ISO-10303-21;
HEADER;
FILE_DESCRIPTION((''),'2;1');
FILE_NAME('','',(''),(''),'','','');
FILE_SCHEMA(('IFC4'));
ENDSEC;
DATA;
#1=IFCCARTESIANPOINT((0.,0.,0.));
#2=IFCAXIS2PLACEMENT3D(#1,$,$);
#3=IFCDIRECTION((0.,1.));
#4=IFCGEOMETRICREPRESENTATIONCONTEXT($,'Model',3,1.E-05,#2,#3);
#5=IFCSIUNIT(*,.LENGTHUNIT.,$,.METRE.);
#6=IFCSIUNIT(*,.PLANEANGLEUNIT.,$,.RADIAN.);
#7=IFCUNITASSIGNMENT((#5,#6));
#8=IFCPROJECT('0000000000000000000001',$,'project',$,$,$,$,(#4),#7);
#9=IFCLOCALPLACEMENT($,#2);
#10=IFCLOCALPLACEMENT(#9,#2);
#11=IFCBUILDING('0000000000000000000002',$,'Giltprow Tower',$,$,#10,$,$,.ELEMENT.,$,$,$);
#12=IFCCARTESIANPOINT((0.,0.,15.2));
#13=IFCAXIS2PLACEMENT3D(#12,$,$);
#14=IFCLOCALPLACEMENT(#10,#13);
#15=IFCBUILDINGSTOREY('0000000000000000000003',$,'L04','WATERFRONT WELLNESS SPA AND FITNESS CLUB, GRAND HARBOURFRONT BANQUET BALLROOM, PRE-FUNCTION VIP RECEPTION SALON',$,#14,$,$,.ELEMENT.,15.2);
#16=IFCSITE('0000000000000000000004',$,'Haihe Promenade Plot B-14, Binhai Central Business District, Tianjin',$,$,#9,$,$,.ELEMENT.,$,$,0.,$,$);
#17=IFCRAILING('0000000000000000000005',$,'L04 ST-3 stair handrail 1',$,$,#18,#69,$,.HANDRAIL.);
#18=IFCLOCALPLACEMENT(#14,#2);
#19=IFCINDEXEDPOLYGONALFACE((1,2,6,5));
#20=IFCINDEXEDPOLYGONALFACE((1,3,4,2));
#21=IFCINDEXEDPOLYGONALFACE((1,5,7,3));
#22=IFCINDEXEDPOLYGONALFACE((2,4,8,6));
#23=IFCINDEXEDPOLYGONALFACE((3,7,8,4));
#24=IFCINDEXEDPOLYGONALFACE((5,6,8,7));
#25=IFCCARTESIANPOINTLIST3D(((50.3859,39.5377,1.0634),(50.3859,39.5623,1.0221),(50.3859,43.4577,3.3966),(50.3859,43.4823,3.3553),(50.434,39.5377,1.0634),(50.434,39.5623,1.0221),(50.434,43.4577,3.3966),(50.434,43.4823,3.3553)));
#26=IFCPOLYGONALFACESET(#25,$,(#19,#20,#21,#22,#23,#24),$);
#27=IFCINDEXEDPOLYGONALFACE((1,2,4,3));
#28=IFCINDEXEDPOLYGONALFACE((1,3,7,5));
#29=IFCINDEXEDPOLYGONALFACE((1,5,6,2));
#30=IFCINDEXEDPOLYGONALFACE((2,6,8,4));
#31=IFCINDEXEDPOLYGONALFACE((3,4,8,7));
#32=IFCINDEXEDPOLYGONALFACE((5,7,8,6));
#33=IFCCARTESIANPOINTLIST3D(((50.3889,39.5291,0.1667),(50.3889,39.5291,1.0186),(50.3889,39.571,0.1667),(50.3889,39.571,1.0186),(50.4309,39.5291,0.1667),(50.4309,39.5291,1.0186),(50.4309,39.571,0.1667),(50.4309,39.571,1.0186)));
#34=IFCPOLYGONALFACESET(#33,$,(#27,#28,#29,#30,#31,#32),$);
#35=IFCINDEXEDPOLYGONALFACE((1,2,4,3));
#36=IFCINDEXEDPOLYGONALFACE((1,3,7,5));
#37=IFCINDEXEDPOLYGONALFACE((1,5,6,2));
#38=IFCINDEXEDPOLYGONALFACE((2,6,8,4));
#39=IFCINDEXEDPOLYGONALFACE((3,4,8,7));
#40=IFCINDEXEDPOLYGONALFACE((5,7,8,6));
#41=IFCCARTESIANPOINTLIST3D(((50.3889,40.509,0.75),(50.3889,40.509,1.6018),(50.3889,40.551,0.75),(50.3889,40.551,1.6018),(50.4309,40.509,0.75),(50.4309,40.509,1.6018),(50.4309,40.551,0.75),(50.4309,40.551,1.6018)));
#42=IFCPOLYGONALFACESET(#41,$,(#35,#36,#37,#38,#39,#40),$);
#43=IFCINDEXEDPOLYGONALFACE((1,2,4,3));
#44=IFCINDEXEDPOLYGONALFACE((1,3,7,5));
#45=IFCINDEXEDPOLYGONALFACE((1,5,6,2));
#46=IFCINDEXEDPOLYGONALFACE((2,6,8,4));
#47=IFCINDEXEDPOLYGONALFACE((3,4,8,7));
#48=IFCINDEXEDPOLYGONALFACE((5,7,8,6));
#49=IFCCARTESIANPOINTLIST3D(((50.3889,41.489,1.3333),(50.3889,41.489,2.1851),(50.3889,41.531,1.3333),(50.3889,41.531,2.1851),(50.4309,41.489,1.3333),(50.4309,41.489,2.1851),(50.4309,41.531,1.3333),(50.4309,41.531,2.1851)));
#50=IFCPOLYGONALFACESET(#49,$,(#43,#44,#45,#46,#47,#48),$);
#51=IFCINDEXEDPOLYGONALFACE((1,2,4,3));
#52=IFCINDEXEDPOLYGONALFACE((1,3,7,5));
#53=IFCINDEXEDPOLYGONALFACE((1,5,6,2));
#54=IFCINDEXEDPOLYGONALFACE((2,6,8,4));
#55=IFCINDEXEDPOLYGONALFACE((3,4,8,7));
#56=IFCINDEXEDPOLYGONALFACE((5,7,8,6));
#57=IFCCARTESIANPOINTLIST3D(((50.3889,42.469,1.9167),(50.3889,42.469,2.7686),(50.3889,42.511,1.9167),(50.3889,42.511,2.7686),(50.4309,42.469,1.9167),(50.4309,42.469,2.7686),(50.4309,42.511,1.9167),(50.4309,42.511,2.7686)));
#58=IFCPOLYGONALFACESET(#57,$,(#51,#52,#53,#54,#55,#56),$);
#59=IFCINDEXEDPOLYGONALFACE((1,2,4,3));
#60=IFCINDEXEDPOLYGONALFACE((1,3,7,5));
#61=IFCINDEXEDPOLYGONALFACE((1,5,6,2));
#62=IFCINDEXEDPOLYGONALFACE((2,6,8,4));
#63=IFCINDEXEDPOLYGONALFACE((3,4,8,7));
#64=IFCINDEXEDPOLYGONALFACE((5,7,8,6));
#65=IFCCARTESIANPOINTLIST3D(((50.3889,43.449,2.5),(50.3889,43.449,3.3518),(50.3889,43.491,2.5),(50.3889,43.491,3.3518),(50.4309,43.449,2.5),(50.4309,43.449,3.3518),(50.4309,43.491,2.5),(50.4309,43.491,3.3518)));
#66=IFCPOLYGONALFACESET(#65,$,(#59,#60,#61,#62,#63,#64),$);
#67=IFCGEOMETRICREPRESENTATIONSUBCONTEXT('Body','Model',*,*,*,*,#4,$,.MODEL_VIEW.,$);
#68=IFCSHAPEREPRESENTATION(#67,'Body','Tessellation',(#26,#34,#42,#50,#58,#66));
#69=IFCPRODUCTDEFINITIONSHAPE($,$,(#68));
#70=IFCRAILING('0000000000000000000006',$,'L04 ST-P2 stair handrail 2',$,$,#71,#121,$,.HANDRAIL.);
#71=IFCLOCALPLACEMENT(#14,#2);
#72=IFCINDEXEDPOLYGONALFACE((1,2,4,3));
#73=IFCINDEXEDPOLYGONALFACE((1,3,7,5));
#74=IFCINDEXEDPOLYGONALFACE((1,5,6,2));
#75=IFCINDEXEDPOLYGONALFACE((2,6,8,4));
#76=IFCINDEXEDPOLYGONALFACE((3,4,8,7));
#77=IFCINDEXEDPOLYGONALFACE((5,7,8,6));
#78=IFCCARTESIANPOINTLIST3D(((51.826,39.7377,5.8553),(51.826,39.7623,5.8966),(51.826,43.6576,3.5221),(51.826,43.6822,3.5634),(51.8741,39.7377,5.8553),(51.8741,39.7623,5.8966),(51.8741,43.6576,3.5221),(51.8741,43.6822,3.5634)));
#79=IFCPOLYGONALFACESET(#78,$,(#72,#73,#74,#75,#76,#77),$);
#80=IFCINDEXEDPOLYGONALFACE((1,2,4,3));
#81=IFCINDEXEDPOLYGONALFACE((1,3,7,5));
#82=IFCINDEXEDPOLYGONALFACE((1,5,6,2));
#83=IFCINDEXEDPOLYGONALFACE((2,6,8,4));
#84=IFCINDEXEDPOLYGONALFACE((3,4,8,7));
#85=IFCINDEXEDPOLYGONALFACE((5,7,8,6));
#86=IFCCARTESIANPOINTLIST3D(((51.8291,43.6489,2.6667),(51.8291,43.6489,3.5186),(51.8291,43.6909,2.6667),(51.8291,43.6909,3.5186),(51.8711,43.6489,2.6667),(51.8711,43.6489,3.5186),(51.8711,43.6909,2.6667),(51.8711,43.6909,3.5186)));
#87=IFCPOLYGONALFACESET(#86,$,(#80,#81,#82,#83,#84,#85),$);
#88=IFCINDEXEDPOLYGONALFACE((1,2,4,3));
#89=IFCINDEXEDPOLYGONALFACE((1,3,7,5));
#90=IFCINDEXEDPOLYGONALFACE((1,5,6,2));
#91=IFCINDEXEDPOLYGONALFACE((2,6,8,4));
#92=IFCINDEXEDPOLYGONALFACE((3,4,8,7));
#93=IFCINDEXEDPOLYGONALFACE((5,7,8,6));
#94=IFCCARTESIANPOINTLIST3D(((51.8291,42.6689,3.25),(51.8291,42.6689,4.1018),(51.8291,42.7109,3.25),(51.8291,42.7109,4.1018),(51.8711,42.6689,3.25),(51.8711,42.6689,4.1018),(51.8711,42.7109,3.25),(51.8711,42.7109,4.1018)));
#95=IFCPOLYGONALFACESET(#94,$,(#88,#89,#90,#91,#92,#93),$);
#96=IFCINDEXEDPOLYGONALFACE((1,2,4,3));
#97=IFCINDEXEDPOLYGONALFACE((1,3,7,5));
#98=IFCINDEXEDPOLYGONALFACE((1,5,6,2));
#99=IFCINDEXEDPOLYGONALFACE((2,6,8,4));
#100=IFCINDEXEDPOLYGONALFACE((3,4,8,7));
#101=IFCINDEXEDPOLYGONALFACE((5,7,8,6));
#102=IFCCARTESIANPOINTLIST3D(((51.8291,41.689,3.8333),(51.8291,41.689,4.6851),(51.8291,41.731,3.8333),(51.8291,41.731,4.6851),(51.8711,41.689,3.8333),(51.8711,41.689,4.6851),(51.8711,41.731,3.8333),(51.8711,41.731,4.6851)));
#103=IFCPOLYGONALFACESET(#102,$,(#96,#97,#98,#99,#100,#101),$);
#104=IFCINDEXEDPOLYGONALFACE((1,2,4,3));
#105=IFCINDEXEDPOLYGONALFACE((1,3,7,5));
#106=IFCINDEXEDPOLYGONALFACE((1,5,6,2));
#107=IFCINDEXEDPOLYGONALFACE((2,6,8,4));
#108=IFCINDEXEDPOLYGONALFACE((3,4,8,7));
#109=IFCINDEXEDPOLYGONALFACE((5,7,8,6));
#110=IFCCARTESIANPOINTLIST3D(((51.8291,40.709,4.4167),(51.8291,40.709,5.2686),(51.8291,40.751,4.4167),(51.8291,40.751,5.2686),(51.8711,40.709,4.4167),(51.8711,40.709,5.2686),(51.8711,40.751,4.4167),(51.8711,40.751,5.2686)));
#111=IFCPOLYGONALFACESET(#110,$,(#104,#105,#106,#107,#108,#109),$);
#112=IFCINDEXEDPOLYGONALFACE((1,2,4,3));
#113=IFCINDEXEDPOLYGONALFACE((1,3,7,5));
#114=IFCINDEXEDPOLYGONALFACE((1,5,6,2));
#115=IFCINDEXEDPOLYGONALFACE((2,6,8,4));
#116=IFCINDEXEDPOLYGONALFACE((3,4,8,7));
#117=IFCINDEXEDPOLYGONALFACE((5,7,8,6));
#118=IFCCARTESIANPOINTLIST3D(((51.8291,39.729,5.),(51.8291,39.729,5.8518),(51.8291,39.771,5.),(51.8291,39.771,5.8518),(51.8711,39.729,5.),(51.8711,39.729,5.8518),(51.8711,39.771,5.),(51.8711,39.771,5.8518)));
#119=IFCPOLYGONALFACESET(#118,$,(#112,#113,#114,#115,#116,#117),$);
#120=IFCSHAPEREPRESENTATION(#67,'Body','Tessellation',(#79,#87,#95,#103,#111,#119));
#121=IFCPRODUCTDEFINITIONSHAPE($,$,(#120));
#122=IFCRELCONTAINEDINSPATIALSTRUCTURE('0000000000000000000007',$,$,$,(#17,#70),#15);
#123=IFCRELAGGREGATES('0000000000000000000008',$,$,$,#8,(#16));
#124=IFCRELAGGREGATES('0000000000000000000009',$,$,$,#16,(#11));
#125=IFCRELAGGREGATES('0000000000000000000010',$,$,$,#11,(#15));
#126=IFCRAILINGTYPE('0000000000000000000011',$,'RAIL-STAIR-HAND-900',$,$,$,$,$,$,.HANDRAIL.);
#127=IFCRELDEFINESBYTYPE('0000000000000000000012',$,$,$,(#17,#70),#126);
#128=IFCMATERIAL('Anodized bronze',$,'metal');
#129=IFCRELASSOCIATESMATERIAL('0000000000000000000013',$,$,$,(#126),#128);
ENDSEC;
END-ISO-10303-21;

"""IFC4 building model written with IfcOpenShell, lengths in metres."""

from ifc_helpers import new_model, si_unit, direction, frame, origin, origin_2d, place, context, subcontext, project, spatial, rectangle, extrude, material, type_object, element, save


model = new_model("IFC4")

# Units and contexts
model_context = context("Model", 3, precision=1e-05, world=origin(), true_north=direction((0.0, 1.0)))
body_context = subcontext(model_context, "Body", "Model", "MODEL_VIEW")
ifc_project = project(units=[si_unit("LENGTHUNIT", "METRE"), si_unit("PLANEANGLEUNIT", "RADIAN")], contexts=[model_context])

# Site, building, storey
site_placement = place(None, origin())
site = spatial("IfcSite", under=ifc_project, at=site_placement, Name="Haihe Promenade Plot B-14, Binhai Central Business District, Tianjin", CompositionType="ELEMENT", RefElevation=0.0)
building_placement = place(site_placement, origin())
building = spatial("IfcBuilding", under=site, at=building_placement, Name="Giltprow Tower", CompositionType="ELEMENT")
storey_placement = place(building_placement, frame((0.0, 0.0, 15.2)))
storey = spatial("IfcBuildingStorey", under=building, at=storey_placement, Name="L04", Description="WATERFRONT WELLNESS SPA AND FITNESS CLUB, GRAND HARBOURFRONT BANQUET BALLROOM, PRE-FUNCTION VIP RECEPTION SALON", CompositionType="ELEMENT", Elevation=15.2)

# Railings
ifc_material_1 = material(Name="Anodized bronze", Category="metal")
railing_type_1 = type_object("IfcRailingType", Name="RAIL-STAIR-HAND-900", PredefinedType="HANDRAIL", material=ifc_material_1)
railing_1_placement = place(storey_placement, frame((50.4099, 39.55, 0.1667)))
element("IfcRailing", 1, at=railing_1_placement, inside=storey, type_object=railing_type_1, Name="L04 ST-3 stair handrail 1", PredefinedType="HANDRAIL", context=body_context, shape_type="SweptSolid", body=[
    extrude(rectangle(XDim=0.0481, YDim=0.0481, at=origin_2d()), frame((0.0, 0.0, 0.876), z_axis=(0.0, 0.859296, 0.511478), x_axis=(-1.0, 0.0, 0.0)), (0.0, 0.0, 1.0), 4.5618),
    extrude(rectangle(XDim=0.042, YDim=0.042, at=origin_2d()), origin(), (0.0, 0.0, 1.0), 0.8518),
    extrude(rectangle(XDim=0.042, YDim=0.042, at=origin_2d()), frame((0.0, 0.98, 0.5833)), (0.0, 0.0, 1.0), 0.8518),
    extrude(rectangle(XDim=0.042, YDim=0.042, at=origin_2d()), frame((0.0, 1.96, 1.1665)), (0.0, 0.0, 1.0), 0.8518),
    extrude(rectangle(XDim=0.042, YDim=0.042, at=origin_2d()), frame((0.0, 2.9399, 1.75)), (0.0, 0.0, 1.0), 0.8518),
    extrude(rectangle(XDim=0.042, YDim=0.042, at=origin_2d()), frame((0.0, 3.9199, 2.3333)), (0.0, 0.0, 1.0), 0.8518),
])
railing_2_placement = place(storey_placement, frame((51.8501, 43.6699, 2.6667)))
element("IfcRailing", 2, at=railing_2_placement, inside=storey, type_object=railing_type_1, Name="L04 ST-P2 stair handrail 2", PredefinedType="HANDRAIL", context=body_context, shape_type="SweptSolid", body=[
    extrude(rectangle(XDim=0.0481, YDim=0.0481, at=origin_2d()), frame((0.0, 0.0, 0.876), z_axis=(0.0, -0.859296, 0.511478), x_axis=(1.0, 0.0, 0.0)), (0.0, 0.0, 1.0), 4.5618),
    extrude(rectangle(XDim=0.042, YDim=0.042, at=origin_2d()), origin(), (0.0, 0.0, 1.0), 0.8518),
    extrude(rectangle(XDim=0.042, YDim=0.042, at=origin_2d()), frame((0.0, -0.98, 0.5833)), (0.0, 0.0, 1.0), 0.8518),
    extrude(rectangle(XDim=0.042, YDim=0.042, at=origin_2d()), frame((0.0, -1.96, 1.1665)), (0.0, 0.0, 1.0), 0.8518),
    extrude(rectangle(XDim=0.042, YDim=0.042, at=origin_2d()), frame((0.0, -2.9399, 1.75)), (0.0, 0.0, 1.0), 0.8518),
    extrude(rectangle(XDim=0.042, YDim=0.042, at=origin_2d()), frame((0.0, -3.9199, 2.3333)), (0.0, 0.0, 1.0), 0.8518),
])

save(model, "model.ifc")
